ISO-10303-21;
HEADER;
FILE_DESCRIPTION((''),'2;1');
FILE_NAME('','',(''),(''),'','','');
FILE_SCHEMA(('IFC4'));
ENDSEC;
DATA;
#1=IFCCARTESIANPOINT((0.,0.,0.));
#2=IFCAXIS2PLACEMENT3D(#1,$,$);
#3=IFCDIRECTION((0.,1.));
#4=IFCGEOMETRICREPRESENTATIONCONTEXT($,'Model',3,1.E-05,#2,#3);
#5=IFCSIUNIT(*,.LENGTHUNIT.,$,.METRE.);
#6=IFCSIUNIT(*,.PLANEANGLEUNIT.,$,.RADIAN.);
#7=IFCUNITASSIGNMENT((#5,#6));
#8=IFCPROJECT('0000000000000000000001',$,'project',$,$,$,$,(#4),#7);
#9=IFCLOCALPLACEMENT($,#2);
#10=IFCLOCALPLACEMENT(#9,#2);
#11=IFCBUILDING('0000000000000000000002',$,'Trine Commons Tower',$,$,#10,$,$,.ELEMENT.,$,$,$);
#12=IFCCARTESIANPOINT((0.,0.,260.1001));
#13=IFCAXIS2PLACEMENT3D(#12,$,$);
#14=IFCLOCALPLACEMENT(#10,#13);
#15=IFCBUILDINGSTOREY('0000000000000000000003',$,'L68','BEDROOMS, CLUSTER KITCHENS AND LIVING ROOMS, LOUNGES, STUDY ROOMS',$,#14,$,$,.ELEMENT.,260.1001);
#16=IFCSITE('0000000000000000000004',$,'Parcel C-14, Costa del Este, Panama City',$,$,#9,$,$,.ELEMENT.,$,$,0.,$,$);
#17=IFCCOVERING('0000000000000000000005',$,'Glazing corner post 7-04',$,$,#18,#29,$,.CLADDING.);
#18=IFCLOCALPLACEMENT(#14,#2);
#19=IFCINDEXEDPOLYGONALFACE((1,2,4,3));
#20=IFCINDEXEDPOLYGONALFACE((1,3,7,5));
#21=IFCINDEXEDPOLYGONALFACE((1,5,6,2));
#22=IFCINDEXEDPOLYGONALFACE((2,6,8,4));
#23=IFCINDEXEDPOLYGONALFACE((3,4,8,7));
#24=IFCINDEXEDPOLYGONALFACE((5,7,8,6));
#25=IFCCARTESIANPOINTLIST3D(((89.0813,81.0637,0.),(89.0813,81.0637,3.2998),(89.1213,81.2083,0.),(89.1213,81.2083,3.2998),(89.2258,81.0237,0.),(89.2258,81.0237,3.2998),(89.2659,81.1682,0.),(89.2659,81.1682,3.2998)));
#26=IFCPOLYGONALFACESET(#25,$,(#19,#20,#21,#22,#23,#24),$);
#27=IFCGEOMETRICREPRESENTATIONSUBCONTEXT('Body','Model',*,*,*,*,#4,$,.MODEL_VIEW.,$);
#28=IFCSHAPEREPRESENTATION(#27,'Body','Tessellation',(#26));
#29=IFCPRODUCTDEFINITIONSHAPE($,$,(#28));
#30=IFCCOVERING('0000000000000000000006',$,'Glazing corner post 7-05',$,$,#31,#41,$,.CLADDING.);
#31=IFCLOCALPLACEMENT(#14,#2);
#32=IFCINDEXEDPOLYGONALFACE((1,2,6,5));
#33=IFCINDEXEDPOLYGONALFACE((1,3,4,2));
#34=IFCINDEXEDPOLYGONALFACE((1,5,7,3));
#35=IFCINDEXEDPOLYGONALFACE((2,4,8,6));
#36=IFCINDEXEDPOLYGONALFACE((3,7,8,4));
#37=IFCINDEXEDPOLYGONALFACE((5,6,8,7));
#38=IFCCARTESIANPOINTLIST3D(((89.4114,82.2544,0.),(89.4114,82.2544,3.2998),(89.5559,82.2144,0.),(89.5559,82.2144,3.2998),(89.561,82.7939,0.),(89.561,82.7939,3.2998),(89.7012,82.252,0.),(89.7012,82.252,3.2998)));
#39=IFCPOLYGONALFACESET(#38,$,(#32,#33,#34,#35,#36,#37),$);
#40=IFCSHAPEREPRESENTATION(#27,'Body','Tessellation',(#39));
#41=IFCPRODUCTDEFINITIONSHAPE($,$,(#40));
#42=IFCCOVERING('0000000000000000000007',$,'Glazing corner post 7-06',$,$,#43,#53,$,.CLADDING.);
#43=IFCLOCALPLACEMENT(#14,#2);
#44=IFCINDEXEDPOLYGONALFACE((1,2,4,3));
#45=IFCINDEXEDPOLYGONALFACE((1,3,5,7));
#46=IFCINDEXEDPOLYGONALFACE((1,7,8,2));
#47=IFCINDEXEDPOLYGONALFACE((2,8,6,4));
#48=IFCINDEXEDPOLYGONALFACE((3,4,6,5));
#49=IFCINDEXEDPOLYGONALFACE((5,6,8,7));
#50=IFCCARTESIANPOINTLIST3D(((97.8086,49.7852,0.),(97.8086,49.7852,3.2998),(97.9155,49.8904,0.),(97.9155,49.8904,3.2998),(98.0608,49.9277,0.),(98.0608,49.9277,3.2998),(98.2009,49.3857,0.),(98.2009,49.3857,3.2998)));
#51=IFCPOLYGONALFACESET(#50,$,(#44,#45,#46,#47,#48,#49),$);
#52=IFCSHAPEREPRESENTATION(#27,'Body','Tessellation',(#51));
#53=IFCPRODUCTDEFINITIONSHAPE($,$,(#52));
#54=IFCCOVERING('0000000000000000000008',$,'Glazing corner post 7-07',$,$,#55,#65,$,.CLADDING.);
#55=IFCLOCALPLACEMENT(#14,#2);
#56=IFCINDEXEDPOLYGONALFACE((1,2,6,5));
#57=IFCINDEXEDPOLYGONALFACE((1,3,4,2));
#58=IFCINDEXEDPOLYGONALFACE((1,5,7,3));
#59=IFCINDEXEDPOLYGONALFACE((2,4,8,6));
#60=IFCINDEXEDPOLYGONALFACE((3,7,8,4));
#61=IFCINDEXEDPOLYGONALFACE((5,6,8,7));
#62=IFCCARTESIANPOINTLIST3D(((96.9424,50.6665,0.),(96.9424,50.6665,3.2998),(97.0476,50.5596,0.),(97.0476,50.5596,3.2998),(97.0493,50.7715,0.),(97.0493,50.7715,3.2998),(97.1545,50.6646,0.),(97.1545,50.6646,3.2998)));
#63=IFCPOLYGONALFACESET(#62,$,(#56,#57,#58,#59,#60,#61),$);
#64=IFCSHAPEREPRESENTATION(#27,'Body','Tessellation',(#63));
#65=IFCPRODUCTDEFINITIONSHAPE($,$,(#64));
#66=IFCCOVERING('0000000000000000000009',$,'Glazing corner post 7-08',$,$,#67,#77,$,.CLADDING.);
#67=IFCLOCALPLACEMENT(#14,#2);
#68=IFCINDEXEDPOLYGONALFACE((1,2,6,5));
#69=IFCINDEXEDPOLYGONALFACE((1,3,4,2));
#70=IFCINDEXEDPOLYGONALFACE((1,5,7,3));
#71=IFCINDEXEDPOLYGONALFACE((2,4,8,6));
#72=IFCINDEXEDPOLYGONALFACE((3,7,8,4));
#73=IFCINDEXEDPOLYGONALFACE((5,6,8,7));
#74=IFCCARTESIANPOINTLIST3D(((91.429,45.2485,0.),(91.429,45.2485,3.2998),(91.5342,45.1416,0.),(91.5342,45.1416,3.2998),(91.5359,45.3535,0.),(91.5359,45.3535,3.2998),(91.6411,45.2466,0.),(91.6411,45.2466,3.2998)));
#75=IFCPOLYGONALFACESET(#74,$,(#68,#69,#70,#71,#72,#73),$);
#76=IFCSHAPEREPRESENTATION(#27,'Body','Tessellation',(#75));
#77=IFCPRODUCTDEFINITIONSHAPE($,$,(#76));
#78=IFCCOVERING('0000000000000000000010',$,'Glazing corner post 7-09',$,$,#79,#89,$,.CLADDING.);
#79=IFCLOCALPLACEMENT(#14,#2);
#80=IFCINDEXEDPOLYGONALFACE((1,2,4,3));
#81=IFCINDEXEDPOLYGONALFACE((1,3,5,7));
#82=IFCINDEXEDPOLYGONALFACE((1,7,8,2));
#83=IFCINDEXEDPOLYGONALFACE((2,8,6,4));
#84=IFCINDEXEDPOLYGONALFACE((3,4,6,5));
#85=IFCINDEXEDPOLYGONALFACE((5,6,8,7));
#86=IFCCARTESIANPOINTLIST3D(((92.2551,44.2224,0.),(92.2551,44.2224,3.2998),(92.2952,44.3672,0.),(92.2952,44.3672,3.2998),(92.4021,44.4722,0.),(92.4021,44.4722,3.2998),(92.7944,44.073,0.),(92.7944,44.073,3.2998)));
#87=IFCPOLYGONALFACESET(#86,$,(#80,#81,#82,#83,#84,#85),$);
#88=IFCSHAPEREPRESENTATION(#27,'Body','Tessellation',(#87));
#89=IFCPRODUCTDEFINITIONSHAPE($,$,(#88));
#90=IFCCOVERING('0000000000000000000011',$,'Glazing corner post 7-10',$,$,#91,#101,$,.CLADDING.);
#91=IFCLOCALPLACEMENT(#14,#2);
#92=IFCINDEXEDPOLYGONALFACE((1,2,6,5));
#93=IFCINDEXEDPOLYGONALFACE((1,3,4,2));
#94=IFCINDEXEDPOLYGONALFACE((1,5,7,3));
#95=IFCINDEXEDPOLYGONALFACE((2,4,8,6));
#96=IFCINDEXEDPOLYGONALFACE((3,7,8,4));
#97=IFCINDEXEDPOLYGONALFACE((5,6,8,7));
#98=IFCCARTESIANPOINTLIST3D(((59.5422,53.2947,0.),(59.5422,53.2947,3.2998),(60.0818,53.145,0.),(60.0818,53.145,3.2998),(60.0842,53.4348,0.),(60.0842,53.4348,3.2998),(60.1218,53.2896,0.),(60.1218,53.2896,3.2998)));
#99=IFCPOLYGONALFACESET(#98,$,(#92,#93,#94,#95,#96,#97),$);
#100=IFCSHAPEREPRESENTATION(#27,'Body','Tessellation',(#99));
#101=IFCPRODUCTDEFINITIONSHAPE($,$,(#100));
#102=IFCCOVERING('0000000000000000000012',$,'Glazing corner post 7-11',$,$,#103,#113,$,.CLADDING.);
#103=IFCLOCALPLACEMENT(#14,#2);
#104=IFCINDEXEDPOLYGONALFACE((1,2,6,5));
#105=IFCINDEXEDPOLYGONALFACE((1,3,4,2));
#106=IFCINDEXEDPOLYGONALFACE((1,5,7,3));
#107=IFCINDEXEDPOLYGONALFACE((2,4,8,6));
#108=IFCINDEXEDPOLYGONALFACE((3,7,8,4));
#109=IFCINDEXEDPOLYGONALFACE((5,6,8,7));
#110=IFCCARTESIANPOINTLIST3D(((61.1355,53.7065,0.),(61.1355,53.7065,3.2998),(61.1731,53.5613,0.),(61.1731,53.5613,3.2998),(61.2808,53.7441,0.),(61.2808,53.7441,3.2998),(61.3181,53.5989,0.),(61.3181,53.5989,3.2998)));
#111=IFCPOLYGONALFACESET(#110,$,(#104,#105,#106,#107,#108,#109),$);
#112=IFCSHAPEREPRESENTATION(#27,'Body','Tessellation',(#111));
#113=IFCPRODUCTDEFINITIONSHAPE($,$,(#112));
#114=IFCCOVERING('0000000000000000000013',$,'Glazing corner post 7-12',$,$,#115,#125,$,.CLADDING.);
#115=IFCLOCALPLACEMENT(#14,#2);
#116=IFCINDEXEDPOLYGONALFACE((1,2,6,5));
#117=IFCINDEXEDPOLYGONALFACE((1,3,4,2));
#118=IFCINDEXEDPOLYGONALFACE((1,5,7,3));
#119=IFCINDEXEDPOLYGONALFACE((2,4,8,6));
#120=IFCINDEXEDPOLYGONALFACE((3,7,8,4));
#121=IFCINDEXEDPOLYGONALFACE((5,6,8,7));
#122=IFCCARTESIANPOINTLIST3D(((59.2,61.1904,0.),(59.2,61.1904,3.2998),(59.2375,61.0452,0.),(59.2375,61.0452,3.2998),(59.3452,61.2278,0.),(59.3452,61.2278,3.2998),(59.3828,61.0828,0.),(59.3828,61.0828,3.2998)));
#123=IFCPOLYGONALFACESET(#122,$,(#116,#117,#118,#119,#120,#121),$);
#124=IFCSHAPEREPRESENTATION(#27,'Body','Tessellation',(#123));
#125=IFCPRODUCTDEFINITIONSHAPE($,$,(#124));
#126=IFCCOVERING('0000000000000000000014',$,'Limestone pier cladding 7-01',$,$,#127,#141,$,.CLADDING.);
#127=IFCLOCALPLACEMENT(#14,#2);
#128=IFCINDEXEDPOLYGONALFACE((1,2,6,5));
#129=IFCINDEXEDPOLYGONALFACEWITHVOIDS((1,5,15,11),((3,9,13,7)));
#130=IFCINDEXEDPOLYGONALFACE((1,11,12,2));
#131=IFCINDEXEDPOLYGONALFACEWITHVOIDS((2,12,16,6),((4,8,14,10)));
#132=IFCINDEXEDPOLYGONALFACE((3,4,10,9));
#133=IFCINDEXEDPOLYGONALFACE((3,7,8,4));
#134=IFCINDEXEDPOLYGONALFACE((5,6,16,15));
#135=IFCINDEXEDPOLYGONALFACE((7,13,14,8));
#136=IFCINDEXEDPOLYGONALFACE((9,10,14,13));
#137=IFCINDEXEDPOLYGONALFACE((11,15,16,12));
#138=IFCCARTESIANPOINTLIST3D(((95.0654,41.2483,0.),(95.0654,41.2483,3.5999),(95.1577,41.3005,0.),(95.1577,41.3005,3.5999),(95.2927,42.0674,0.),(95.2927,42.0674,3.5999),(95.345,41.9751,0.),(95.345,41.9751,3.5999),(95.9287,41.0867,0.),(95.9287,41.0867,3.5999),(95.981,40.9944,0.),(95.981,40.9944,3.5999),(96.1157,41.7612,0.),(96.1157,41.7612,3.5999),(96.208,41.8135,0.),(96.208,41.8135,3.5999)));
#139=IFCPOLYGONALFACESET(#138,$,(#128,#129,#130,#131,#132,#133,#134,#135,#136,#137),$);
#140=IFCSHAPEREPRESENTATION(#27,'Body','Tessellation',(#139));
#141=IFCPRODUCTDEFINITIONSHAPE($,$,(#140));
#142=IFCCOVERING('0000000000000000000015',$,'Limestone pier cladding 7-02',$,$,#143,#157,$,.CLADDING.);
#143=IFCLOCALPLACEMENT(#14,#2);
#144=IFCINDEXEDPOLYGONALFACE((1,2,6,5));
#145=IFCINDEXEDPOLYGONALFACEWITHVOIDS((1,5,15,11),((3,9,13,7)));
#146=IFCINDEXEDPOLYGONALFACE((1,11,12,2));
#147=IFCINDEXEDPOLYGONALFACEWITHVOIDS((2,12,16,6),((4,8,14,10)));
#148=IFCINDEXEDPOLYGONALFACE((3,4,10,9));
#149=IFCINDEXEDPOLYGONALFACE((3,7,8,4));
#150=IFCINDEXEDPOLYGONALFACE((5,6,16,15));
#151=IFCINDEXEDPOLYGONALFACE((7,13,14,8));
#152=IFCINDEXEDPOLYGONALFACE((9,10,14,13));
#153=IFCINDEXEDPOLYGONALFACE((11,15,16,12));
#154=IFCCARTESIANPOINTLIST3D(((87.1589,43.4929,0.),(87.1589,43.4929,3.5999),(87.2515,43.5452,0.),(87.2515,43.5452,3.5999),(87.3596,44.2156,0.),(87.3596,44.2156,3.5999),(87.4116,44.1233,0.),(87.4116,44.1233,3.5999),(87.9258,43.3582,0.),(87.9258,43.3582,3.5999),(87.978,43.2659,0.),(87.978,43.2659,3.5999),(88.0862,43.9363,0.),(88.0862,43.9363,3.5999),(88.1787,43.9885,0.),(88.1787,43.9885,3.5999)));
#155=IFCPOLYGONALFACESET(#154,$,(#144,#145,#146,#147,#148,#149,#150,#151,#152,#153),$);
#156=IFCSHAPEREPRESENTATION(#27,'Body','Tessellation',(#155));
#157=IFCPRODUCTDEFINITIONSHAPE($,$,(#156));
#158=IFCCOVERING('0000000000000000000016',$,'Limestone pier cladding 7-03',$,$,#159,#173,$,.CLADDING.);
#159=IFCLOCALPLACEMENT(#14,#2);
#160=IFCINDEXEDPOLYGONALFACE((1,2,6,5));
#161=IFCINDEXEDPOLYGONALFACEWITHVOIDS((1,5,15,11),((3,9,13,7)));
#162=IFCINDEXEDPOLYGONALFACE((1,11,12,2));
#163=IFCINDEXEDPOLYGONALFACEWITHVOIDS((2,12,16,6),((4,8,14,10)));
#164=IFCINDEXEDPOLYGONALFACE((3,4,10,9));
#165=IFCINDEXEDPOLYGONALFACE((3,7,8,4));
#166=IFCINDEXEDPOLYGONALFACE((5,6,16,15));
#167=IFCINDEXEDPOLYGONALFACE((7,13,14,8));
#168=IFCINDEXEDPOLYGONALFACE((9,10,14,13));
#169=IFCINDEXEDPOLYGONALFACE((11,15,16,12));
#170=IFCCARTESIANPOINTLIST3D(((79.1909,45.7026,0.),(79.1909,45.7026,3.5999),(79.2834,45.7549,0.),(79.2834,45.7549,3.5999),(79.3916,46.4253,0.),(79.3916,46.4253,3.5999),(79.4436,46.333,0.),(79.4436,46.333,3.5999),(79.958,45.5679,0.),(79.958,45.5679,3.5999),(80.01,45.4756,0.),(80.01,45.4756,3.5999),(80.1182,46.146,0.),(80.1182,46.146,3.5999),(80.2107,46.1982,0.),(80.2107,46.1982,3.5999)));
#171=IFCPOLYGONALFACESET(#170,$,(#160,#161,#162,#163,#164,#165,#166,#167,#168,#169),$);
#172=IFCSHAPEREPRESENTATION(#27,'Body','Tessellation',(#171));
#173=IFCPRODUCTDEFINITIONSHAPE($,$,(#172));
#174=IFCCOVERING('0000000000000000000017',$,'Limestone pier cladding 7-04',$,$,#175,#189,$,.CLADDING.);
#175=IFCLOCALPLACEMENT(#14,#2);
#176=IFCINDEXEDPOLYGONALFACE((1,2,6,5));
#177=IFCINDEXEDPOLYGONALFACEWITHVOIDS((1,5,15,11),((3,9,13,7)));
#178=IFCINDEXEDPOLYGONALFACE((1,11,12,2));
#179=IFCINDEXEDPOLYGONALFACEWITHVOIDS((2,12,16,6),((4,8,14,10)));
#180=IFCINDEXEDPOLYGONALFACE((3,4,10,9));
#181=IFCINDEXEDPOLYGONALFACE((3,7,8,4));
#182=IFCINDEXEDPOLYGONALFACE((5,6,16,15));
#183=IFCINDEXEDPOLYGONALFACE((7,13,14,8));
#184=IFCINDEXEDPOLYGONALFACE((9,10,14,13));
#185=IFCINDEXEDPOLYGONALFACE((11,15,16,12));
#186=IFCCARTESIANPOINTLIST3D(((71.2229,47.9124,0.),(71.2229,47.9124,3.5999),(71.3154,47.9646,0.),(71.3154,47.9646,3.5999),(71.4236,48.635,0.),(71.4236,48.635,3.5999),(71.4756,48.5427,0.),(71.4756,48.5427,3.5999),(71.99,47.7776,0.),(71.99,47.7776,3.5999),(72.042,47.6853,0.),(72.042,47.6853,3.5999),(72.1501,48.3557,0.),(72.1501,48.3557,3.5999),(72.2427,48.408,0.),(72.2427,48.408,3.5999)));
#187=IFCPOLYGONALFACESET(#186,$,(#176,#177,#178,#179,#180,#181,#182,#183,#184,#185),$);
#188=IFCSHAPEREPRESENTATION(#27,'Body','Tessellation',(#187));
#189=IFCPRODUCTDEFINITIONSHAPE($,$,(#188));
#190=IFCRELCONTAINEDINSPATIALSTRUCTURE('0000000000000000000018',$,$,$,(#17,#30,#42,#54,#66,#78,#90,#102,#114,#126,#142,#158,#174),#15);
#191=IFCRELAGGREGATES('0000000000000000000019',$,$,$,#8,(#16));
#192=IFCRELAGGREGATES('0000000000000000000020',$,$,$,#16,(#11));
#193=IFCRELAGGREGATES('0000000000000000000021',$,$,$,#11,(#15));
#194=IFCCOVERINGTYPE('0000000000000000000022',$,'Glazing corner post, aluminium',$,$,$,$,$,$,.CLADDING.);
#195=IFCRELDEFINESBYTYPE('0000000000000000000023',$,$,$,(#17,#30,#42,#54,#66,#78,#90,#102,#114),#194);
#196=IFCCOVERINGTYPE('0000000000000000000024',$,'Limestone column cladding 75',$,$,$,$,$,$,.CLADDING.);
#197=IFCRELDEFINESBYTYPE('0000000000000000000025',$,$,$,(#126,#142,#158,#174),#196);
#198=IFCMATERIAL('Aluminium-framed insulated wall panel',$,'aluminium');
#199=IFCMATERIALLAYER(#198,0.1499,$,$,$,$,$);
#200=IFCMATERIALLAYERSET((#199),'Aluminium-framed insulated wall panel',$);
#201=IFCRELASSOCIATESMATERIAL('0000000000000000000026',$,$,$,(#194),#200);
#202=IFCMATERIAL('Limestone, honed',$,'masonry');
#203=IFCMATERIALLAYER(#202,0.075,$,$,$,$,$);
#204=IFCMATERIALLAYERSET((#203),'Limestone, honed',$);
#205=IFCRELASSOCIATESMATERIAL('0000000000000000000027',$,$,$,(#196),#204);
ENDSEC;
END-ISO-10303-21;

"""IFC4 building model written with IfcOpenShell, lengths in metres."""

from ifc_helpers import new_model, si_unit, direction, frame, origin, place, context, subcontext, project, spatial, polyline, outline, extrude, material, layer, layer_set, type_object, element, save


model = new_model("IFC4")

# Units and contexts
model_context = context("Model", 3, precision=1e-05, world=origin(), true_north=direction((0.0, 1.0)))
body_context = subcontext(model_context, "Body", "Model", "MODEL_VIEW")
ifc_project = project(units=[si_unit("LENGTHUNIT", "METRE"), si_unit("PLANEANGLEUNIT", "RADIAN")], contexts=[model_context])

# Site, building, storey
site_placement = place(None, origin())
site = spatial("IfcSite", under=ifc_project, at=site_placement, Name="Parcel C-14, Costa del Este, Panama City", CompositionType="ELEMENT", RefElevation=0.0)
building_placement = place(site_placement, origin())
building = spatial("IfcBuilding", under=site, at=building_placement, Name="Trine Commons Tower", CompositionType="ELEMENT")
storey_placement = place(building_placement, frame((0.0, 0.0, 260.1001)))
storey = spatial("IfcBuildingStorey", under=building, at=storey_placement, Name="L68", Description="BEDROOMS, CLUSTER KITCHENS AND LIVING ROOMS, LOUNGES, STUDY ROOMS", CompositionType="ELEMENT", Elevation=260.1001)

# Coverings
ifc_material_1 = material(Name="Aluminium-framed insulated wall panel", Category="aluminium")
ifc_layer_1 = layer(ifc_material_1, 0.1499)
ifc_layer_set_1 = layer_set([ifc_layer_1], Name="Aluminium-framed insulated wall panel")
covering_type_1 = type_object("IfcCoveringType", Name="Glazing corner post, aluminium", PredefinedType="CLADDING", material=ifc_layer_set_1)
covering_1_placement = place(storey_placement, origin())
element("IfcCovering", 1, at=covering_1_placement, inside=storey, type_object=covering_type_1, Name="Glazing corner post 7-04", PredefinedType="CLADDING", context=body_context, shape_type="SweptSolid", body=[
    extrude(outline(polyline([(89.0813, 81.0637), (89.2258, 81.0237), (89.2659, 81.1682), (89.1213, 81.2083), (89.0813, 81.0637)])), origin(), (0.0, 0.0, 1.0), 3.2998),
])
covering_2_placement = place(storey_placement, origin())
element("IfcCovering", 2, at=covering_2_placement, inside=storey, type_object=covering_type_1, Name="Glazing corner post 7-05", PredefinedType="CLADDING", context=body_context, shape_type="SweptSolid", body=[
    extrude(outline(polyline([(89.4114, 82.2544), (89.5559, 82.2144), (89.7012, 82.252), (89.561, 82.7939), (89.4114, 82.2544)])), origin(), (0.0, 0.0, 1.0), 3.2998),
])
covering_3_placement = place(storey_placement, origin())
element("IfcCovering", 3, at=covering_3_placement, inside=storey, type_object=covering_type_1, Name="Glazing corner post 7-06", PredefinedType="CLADDING", context=body_context, shape_type="SweptSolid", body=[
    extrude(outline(polyline([(97.8086, 49.7852), (98.2009, 49.3857), (98.0608, 49.9277), (97.9155, 49.8904), (97.9155, 49.8904), (97.8086, 49.7852)])), origin(), (0.0, 0.0, 1.0), 3.2998),
])
covering_4_placement = place(storey_placement, origin())
element("IfcCovering", 4, at=covering_4_placement, inside=storey, type_object=covering_type_1, Name="Glazing corner post 7-07", PredefinedType="CLADDING", context=body_context, shape_type="SweptSolid", body=[
    extrude(outline(polyline([(96.9424, 50.6665), (97.0476, 50.5596), (97.1545, 50.6646), (97.0493, 50.7715), (96.9424, 50.6665)])), origin(), (0.0, 0.0, 1.0), 3.2998),
])
covering_5_placement = place(storey_placement, origin())
element("IfcCovering", 5, at=covering_5_placement, inside=storey, type_object=covering_type_1, Name="Glazing corner post 7-08", PredefinedType="CLADDING", context=body_context, shape_type="SweptSolid", body=[
    extrude(outline(polyline([(91.5342, 45.1416), (91.6411, 45.2466), (91.5359, 45.3535), (91.429, 45.2485), (91.5342, 45.1416)])), origin(), (0.0, 0.0, 1.0), 3.2998),
])
covering_6_placement = place(storey_placement, origin())
element("IfcCovering", 6, at=covering_6_placement, inside=storey, type_object=covering_type_1, Name="Glazing corner post 7-09", PredefinedType="CLADDING", context=body_context, shape_type="SweptSolid", body=[
    extrude(outline(polyline([(92.2551, 44.2224), (92.7944, 44.073), (92.4021, 44.4722), (92.2952, 44.3672), (92.2551, 44.2224)])), origin(), (0.0, 0.0, 1.0), 3.2998),
])
covering_7_placement = place(storey_placement, origin())
element("IfcCovering", 7, at=covering_7_placement, inside=storey, type_object=covering_type_1, Name="Glazing corner post 7-10", PredefinedType="CLADDING", context=body_context, shape_type="SweptSolid", body=[
    extrude(outline(polyline([(60.0818, 53.145), (60.1218, 53.2896), (60.0842, 53.4348), (59.5422, 53.2947), (60.0818, 53.145)])), origin(), (0.0, 0.0, 1.0), 3.2998),
])
covering_8_placement = place(storey_placement, origin())
element("IfcCovering", 8, at=covering_8_placement, inside=storey, type_object=covering_type_1, Name="Glazing corner post 7-11", PredefinedType="CLADDING", context=body_context, shape_type="SweptSolid", body=[
    extrude(outline(polyline([(61.1355, 53.7065), (61.1355, 53.7065), (61.1731, 53.5613), (61.3181, 53.5989), (61.2808, 53.7441), (61.1355, 53.7065)])), origin(), (0.0, 0.0, 1.0), 3.2998),
])
covering_9_placement = place(storey_placement, origin())
element("IfcCovering", 9, at=covering_9_placement, inside=storey, type_object=covering_type_1, Name="Glazing corner post 7-12", PredefinedType="CLADDING", context=body_context, shape_type="SweptSolid", body=[
    extrude(outline(polyline([(59.2, 61.1904), (59.2375, 61.0452), (59.3828, 61.0828), (59.3452, 61.2278), (59.2, 61.1904)])), origin(), (0.0, 0.0, 1.0), 3.2998),
])
ifc_material_2 = material(Name="Limestone, honed", Category="masonry")
ifc_layer_2 = layer(ifc_material_2, 0.075)
ifc_layer_set_2 = layer_set([ifc_layer_2], Name="Limestone, honed")
covering_type_2 = type_object("IfcCoveringType", Name="Limestone column cladding 75", PredefinedType="CLADDING", material=ifc_layer_set_2)
covering_10_placement = place(storey_placement, origin())
element("IfcCovering", 10, at=covering_10_placement, inside=storey, type_object=covering_type_2, Name="Limestone pier cladding 7-01", PredefinedType="CLADDING", context=body_context, shape_type="SweptSolid", body=[
    extrude(outline(polyline([(95.2927, 42.0674), (95.0654, 41.2483), (95.981, 40.9944), (96.208, 41.8135), (95.2927, 42.0674)]), holes=[polyline([(95.345, 41.9751), (95.1577, 41.3005), (95.9287, 41.0867), (96.1157, 41.7612), (95.345, 41.9751)])]), origin(), (0.0, 0.0, 1.0), 3.5999),
])
covering_11_placement = place(storey_placement, origin())
element("IfcCovering", 11, at=covering_11_placement, inside=storey, type_object=covering_type_2, Name="Limestone pier cladding 7-02", PredefinedType="CLADDING", context=body_context, shape_type="SweptSolid", body=[
    extrude(outline(polyline([(87.3596, 44.2156), (87.1589, 43.4929), (87.978, 43.2659), (88.1787, 43.9885), (87.3596, 44.2156)]), holes=[polyline([(87.4116, 44.1233), (87.2515, 43.5452), (87.9258, 43.3582), (88.0862, 43.9363), (87.4116, 44.1233)])]), origin(), (0.0, 0.0, 1.0), 3.5999),
])
covering_12_placement = place(storey_placement, origin())
element("IfcCovering", 12, at=covering_12_placement, inside=storey, type_object=covering_type_2, Name="Limestone pier cladding 7-03", PredefinedType="CLADDING", context=body_context, shape_type="SweptSolid", body=[
    extrude(outline(polyline([(79.3916, 46.4253), (79.1909, 45.7026), (80.01, 45.4756), (80.2107, 46.1982), (79.3916, 46.4253)]), holes=[polyline([(79.4436, 46.333), (79.2834, 45.7549), (79.958, 45.5679), (80.1182, 46.146), (79.4436, 46.333)])]), origin(), (0.0, 0.0, 1.0), 3.5999),
])
covering_13_placement = place(storey_placement, origin())
element("IfcCovering", 13, at=covering_13_placement, inside=storey, type_object=covering_type_2, Name="Limestone pier cladding 7-04", PredefinedType="CLADDING", context=body_context, shape_type="SweptSolid", body=[
    extrude(outline(polyline([(71.4236, 48.635), (71.2229, 47.9124), (72.042, 47.6853), (72.2427, 48.408), (71.4236, 48.635)]), holes=[polyline([(71.4756, 48.5427), (71.3154, 47.9646), (71.99, 47.7776), (72.1501, 48.3557), (71.4756, 48.5427)])]), origin(), (0.0, 0.0, 1.0), 3.5999),
])

save(model, "model.ifc")
